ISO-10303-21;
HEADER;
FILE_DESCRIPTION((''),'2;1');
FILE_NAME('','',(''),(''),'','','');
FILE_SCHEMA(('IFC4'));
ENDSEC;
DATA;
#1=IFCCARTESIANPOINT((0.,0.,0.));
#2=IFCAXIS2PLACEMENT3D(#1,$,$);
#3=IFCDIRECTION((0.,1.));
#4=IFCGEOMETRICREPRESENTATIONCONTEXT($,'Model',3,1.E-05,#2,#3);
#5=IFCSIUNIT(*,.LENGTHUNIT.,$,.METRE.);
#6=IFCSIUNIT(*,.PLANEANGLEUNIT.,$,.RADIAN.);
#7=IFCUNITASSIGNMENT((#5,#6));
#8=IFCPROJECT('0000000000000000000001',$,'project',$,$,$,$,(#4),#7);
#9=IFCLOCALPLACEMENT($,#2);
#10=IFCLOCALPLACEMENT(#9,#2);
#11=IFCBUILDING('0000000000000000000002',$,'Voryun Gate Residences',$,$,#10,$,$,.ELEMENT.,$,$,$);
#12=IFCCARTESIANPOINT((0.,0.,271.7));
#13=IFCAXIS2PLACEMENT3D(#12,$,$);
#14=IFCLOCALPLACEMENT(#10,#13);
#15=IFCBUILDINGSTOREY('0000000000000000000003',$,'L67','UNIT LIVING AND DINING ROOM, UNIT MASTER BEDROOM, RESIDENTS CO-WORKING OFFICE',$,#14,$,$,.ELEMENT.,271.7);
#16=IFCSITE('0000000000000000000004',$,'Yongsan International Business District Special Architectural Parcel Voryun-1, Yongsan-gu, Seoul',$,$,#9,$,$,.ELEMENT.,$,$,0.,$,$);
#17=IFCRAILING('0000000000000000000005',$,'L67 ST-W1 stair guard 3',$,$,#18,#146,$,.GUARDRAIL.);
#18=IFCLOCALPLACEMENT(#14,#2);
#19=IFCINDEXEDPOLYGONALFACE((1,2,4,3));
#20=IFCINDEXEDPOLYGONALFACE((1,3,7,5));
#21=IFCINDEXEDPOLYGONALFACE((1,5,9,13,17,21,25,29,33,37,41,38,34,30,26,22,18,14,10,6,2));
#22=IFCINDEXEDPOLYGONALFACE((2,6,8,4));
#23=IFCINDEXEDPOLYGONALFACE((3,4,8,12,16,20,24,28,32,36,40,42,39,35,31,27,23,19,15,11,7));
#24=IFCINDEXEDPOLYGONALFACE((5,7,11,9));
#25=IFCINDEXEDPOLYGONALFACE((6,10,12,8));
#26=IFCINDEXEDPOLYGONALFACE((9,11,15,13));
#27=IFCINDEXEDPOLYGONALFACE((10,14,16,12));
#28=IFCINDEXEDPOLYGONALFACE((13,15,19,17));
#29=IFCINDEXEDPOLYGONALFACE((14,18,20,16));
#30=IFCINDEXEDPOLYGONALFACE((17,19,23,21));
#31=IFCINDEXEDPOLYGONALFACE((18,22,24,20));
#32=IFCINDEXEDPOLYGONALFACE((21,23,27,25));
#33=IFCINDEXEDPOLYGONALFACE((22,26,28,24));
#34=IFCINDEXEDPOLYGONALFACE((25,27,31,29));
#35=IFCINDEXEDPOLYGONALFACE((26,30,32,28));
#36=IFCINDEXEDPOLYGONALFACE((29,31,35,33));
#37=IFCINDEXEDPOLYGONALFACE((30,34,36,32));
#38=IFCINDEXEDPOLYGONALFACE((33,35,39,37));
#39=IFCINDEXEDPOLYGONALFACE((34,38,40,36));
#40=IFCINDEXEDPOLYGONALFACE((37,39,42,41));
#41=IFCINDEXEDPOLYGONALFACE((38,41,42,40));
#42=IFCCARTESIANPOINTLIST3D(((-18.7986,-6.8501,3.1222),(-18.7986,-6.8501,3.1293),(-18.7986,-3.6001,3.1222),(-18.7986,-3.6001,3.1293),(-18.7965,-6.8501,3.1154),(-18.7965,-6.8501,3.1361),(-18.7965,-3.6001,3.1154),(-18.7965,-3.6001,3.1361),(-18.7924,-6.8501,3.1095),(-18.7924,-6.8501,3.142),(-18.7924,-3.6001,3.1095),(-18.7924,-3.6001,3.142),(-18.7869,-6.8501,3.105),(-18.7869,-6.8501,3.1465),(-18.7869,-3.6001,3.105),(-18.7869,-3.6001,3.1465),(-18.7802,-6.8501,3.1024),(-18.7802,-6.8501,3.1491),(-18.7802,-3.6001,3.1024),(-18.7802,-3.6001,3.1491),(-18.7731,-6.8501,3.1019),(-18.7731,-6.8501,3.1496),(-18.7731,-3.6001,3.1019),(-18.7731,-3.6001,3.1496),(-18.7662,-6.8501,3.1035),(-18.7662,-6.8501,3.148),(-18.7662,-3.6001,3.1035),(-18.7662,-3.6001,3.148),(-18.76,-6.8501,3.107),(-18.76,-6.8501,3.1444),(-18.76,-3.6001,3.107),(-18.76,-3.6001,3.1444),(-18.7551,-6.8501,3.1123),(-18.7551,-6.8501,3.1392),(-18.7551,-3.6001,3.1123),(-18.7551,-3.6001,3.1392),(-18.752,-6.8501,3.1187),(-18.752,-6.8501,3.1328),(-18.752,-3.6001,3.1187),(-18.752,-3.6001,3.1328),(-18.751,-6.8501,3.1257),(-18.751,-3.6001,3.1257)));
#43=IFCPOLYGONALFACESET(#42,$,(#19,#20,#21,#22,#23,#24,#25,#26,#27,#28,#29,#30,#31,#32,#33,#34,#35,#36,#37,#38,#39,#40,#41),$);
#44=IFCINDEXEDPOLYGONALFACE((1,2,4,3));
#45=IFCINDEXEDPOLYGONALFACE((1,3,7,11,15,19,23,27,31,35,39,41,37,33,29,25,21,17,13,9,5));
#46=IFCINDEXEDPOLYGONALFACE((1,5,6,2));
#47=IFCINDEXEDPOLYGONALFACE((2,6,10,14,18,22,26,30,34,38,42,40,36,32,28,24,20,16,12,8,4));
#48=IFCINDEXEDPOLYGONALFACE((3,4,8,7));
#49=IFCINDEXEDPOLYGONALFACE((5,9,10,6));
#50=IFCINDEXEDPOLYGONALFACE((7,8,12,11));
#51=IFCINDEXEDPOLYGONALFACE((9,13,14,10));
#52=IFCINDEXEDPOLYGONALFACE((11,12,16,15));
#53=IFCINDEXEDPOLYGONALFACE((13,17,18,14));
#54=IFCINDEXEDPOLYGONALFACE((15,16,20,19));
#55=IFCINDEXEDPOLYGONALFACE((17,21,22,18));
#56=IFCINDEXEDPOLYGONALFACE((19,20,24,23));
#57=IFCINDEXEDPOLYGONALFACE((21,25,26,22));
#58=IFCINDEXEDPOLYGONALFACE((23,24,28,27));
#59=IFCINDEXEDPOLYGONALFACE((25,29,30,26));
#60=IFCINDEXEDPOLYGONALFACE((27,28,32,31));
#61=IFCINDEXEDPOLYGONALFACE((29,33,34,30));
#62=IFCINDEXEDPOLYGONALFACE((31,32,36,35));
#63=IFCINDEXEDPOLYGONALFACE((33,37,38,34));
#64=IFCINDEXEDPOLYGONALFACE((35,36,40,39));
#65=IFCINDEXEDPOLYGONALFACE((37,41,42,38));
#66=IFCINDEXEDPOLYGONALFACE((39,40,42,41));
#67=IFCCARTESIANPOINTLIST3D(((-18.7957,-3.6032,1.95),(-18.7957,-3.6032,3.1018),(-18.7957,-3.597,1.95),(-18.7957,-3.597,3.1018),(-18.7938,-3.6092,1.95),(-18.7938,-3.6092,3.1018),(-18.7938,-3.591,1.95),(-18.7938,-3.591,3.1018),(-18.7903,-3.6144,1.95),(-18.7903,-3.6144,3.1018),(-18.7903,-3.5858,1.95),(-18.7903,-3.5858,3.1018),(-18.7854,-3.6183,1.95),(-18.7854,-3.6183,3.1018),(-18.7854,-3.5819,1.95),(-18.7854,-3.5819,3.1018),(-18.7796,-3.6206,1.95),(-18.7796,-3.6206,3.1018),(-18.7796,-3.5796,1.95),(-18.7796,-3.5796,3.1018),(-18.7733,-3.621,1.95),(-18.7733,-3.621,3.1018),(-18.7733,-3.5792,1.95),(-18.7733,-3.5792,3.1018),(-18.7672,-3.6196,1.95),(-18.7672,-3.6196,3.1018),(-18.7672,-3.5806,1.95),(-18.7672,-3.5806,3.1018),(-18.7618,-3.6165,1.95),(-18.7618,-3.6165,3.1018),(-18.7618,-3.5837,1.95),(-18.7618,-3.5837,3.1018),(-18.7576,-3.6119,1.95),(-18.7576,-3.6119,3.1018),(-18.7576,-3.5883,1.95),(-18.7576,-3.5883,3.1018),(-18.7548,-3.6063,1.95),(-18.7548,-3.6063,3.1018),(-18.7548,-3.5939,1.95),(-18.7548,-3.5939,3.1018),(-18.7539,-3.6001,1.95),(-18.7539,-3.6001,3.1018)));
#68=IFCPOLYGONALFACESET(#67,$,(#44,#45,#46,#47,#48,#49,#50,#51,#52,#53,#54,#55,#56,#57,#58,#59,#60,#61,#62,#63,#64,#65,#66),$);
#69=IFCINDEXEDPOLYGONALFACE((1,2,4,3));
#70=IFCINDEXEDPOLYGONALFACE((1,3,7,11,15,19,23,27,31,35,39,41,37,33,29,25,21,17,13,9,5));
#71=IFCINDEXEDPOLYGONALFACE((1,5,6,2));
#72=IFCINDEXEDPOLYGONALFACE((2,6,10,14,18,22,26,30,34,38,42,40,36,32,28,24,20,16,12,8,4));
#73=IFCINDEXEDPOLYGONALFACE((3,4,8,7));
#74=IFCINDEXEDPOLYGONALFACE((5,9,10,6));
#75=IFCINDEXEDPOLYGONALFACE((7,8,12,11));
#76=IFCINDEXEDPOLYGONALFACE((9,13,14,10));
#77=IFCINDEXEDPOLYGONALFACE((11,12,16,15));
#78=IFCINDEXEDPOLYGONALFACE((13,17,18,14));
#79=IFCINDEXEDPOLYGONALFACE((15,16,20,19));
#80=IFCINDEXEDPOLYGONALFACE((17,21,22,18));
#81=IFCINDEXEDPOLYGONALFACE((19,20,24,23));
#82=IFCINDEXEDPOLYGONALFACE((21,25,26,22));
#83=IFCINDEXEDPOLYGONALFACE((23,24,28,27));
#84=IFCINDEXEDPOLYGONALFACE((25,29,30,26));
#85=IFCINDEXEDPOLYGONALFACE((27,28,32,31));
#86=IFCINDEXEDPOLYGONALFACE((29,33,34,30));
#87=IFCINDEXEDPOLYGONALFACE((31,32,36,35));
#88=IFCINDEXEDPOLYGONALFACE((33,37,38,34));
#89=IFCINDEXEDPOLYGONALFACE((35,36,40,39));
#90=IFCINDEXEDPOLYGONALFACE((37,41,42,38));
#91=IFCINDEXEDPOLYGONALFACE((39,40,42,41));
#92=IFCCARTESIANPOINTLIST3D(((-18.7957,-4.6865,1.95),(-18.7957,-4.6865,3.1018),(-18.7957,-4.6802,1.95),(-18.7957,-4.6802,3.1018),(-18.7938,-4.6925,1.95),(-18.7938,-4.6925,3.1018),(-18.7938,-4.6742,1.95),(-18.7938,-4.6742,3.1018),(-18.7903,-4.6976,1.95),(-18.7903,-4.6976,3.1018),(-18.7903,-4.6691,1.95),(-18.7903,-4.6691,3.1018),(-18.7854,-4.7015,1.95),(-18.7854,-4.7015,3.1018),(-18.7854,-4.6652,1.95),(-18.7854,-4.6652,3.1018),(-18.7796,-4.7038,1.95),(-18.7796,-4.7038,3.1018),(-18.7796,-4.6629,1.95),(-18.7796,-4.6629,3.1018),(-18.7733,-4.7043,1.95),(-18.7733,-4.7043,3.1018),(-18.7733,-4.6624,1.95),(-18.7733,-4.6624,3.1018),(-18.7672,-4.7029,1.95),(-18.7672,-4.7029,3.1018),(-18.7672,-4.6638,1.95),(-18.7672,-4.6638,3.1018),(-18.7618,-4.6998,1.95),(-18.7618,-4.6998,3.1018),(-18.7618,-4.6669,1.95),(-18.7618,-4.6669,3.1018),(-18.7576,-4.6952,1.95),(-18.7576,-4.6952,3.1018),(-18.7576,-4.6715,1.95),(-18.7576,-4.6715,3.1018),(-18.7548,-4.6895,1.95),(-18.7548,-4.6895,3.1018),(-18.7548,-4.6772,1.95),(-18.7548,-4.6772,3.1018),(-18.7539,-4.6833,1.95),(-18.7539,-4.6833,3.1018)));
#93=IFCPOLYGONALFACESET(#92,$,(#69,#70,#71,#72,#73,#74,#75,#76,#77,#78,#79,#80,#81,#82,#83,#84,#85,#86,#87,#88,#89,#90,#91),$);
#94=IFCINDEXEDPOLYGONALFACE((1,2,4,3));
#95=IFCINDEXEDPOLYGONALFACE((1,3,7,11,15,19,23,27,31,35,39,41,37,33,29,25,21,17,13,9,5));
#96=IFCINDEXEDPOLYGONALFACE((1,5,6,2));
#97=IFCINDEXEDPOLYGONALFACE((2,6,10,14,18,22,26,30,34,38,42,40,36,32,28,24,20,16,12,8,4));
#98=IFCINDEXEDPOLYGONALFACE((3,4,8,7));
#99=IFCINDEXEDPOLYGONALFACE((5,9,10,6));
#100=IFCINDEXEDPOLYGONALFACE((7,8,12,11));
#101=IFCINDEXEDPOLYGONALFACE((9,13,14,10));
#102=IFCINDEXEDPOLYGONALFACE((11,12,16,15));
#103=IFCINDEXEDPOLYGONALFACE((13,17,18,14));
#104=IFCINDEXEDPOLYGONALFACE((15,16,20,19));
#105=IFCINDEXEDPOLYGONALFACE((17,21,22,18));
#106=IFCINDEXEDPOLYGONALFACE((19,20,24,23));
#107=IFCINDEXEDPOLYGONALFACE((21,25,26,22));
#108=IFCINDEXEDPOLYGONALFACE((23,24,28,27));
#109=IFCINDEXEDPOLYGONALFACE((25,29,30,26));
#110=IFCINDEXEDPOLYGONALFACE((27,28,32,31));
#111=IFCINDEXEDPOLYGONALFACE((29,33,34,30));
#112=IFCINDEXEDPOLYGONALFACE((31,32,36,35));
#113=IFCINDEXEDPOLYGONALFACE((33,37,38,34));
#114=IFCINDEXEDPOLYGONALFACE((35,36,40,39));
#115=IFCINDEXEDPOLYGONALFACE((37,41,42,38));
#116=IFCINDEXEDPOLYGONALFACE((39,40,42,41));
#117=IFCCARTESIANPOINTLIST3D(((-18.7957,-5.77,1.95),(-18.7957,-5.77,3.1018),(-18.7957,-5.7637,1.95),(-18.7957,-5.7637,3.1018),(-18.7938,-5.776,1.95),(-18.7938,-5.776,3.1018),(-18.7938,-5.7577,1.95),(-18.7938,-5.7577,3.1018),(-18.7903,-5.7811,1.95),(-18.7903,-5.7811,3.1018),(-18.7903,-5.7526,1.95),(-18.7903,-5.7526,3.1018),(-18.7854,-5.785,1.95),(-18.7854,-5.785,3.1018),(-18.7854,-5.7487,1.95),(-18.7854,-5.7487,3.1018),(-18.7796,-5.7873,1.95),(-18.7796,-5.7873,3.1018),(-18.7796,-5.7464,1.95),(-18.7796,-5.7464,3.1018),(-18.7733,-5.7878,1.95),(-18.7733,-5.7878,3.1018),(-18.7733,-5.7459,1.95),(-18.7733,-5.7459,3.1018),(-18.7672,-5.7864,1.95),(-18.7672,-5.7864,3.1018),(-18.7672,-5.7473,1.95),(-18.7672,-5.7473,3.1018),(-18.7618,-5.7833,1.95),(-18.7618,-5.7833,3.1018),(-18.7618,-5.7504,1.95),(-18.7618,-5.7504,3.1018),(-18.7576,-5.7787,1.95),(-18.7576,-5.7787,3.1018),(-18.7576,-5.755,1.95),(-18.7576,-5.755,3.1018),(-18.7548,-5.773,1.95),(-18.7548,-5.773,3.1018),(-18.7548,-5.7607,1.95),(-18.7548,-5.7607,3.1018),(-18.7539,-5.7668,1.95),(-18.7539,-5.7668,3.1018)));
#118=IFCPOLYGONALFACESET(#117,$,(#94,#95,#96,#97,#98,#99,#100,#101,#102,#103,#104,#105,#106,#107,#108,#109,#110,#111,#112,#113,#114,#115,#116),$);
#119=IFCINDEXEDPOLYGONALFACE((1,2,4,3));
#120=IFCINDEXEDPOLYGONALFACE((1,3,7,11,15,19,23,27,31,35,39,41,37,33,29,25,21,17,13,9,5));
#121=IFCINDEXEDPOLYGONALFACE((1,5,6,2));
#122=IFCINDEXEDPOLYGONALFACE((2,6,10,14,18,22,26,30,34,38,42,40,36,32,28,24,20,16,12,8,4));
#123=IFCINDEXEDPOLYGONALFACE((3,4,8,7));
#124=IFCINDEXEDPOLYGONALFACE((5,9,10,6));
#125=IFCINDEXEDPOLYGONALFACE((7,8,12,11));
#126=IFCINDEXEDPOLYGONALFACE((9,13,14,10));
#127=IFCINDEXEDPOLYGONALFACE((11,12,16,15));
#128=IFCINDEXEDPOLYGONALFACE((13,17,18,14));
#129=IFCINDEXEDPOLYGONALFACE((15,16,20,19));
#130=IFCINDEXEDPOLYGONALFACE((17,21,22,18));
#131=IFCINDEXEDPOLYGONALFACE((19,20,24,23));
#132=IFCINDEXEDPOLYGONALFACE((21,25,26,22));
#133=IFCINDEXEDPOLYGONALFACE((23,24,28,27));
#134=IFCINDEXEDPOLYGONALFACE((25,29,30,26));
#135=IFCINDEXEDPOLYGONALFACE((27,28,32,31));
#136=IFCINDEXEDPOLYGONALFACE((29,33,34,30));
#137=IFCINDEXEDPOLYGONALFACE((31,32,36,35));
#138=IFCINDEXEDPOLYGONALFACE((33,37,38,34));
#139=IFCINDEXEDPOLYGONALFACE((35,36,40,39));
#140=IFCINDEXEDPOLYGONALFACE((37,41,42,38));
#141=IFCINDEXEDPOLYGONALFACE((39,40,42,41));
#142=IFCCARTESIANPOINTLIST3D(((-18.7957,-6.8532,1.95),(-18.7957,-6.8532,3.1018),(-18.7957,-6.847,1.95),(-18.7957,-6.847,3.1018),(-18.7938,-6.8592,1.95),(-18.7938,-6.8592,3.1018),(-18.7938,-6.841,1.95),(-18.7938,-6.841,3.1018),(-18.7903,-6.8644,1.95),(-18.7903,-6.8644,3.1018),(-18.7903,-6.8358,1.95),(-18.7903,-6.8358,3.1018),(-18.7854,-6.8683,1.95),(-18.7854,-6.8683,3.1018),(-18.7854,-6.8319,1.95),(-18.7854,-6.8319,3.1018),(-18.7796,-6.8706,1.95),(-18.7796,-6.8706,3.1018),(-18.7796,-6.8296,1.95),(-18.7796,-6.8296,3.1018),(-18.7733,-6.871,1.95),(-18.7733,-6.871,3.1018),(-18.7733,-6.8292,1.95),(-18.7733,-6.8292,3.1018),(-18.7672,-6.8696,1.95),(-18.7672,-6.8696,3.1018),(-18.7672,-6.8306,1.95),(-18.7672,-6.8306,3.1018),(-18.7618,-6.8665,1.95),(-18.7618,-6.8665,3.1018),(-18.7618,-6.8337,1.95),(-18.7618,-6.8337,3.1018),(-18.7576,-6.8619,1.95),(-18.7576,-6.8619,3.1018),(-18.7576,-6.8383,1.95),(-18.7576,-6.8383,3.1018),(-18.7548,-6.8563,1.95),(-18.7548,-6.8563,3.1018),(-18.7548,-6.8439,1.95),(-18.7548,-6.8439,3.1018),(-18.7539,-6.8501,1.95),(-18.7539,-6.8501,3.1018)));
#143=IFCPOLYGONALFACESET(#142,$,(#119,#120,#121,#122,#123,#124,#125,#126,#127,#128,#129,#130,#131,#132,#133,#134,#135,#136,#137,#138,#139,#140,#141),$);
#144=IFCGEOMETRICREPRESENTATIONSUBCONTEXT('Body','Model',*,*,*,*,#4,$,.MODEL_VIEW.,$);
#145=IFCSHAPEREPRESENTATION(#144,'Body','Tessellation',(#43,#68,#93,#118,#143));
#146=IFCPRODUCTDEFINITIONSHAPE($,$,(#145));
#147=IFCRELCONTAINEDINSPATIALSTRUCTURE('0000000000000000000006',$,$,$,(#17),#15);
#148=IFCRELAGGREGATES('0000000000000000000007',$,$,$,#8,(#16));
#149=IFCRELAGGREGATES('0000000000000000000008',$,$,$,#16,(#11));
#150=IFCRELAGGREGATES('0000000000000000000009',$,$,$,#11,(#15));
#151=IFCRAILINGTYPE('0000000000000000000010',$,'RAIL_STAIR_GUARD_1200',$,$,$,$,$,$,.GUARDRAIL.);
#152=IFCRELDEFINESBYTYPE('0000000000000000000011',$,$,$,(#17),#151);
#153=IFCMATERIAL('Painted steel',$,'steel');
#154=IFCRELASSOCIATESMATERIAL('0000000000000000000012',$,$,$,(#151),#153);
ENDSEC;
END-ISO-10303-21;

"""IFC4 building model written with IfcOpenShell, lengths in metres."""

from ifc_helpers import new_model, si_unit, direction, frame, origin, origin_2d, place, context, subcontext, project, spatial, circle, extrude, material, type_object, element, save


model = new_model("IFC4")

# Units and contexts
model_context = context("Model", 3, precision=1e-05, world=origin(), true_north=direction((0.0, 1.0)))
body_context = subcontext(model_context, "Body", "Model", "MODEL_VIEW")
ifc_project = project(units=[si_unit("LENGTHUNIT", "METRE"), si_unit("PLANEANGLEUNIT", "RADIAN")], contexts=[model_context])

# Site, building, storey
site_placement = place(None, origin())
site = spatial("IfcSite", under=ifc_project, at=site_placement, Name="Yongsan International Business District Special Architectural Parcel Voryun-1, Yongsan-gu, Seoul", CompositionType="ELEMENT", RefElevation=0.0)
building_placement = place(site_placement, origin())
building = spatial("IfcBuilding", under=site, at=building_placement, Name="Voryun Gate Residences", CompositionType="ELEMENT")
storey_placement = place(building_placement, frame((0.0, 0.0, 271.7)))
storey = spatial("IfcBuildingStorey", under=building, at=storey_placement, Name="L67", Description="UNIT LIVING AND DINING ROOM, UNIT MASTER BEDROOM, RESIDENTS CO-WORKING OFFICE", CompositionType="ELEMENT", Elevation=271.7)

# Railing
ifc_material_1 = material(Name="Painted steel", Category="steel")
railing_type_1 = type_object("IfcRailingType", Name="RAIL_STAIR_GUARD_1200", PredefinedType="GUARDRAIL", material=ifc_material_1)
railing_1_placement = place(storey_placement, frame((-18.7749, -3.6001, 1.95)))
element("IfcRailing", 1, at=railing_1_placement, inside=storey, type_object=railing_type_1, Name="L67 ST-W1 stair guard 3", PredefinedType="GUARDRAIL", context=body_context, shape_type="SweptSolid", body=[
    extrude(circle(Radius=0.0239, at=origin_2d()), frame((0.0, 0.0, 1.1758), z_axis=(0.0, -1.0, 0.0), x_axis=(1.0, 0.0, 0.0)), (0.0, 0.0, 1.0), 3.25),
    extrude(circle(Radius=0.021, at=origin_2d()), origin(), (0.0, 0.0, 1.0), 1.1519),
    extrude(circle(Radius=0.021, at=origin_2d()), frame((0.0, -1.0833, 0.0)), (0.0, 0.0, 1.0), 1.1519),
    extrude(circle(Radius=0.021, at=origin_2d()), frame((0.0, -2.1667, 0.0)), (0.0, 0.0, 1.0), 1.1519),
    extrude(circle(Radius=0.021, at=origin_2d()), frame((0.0, -3.25, 0.0)), (0.0, 0.0, 1.0), 1.1519),
])

save(model, "model.ifc")
